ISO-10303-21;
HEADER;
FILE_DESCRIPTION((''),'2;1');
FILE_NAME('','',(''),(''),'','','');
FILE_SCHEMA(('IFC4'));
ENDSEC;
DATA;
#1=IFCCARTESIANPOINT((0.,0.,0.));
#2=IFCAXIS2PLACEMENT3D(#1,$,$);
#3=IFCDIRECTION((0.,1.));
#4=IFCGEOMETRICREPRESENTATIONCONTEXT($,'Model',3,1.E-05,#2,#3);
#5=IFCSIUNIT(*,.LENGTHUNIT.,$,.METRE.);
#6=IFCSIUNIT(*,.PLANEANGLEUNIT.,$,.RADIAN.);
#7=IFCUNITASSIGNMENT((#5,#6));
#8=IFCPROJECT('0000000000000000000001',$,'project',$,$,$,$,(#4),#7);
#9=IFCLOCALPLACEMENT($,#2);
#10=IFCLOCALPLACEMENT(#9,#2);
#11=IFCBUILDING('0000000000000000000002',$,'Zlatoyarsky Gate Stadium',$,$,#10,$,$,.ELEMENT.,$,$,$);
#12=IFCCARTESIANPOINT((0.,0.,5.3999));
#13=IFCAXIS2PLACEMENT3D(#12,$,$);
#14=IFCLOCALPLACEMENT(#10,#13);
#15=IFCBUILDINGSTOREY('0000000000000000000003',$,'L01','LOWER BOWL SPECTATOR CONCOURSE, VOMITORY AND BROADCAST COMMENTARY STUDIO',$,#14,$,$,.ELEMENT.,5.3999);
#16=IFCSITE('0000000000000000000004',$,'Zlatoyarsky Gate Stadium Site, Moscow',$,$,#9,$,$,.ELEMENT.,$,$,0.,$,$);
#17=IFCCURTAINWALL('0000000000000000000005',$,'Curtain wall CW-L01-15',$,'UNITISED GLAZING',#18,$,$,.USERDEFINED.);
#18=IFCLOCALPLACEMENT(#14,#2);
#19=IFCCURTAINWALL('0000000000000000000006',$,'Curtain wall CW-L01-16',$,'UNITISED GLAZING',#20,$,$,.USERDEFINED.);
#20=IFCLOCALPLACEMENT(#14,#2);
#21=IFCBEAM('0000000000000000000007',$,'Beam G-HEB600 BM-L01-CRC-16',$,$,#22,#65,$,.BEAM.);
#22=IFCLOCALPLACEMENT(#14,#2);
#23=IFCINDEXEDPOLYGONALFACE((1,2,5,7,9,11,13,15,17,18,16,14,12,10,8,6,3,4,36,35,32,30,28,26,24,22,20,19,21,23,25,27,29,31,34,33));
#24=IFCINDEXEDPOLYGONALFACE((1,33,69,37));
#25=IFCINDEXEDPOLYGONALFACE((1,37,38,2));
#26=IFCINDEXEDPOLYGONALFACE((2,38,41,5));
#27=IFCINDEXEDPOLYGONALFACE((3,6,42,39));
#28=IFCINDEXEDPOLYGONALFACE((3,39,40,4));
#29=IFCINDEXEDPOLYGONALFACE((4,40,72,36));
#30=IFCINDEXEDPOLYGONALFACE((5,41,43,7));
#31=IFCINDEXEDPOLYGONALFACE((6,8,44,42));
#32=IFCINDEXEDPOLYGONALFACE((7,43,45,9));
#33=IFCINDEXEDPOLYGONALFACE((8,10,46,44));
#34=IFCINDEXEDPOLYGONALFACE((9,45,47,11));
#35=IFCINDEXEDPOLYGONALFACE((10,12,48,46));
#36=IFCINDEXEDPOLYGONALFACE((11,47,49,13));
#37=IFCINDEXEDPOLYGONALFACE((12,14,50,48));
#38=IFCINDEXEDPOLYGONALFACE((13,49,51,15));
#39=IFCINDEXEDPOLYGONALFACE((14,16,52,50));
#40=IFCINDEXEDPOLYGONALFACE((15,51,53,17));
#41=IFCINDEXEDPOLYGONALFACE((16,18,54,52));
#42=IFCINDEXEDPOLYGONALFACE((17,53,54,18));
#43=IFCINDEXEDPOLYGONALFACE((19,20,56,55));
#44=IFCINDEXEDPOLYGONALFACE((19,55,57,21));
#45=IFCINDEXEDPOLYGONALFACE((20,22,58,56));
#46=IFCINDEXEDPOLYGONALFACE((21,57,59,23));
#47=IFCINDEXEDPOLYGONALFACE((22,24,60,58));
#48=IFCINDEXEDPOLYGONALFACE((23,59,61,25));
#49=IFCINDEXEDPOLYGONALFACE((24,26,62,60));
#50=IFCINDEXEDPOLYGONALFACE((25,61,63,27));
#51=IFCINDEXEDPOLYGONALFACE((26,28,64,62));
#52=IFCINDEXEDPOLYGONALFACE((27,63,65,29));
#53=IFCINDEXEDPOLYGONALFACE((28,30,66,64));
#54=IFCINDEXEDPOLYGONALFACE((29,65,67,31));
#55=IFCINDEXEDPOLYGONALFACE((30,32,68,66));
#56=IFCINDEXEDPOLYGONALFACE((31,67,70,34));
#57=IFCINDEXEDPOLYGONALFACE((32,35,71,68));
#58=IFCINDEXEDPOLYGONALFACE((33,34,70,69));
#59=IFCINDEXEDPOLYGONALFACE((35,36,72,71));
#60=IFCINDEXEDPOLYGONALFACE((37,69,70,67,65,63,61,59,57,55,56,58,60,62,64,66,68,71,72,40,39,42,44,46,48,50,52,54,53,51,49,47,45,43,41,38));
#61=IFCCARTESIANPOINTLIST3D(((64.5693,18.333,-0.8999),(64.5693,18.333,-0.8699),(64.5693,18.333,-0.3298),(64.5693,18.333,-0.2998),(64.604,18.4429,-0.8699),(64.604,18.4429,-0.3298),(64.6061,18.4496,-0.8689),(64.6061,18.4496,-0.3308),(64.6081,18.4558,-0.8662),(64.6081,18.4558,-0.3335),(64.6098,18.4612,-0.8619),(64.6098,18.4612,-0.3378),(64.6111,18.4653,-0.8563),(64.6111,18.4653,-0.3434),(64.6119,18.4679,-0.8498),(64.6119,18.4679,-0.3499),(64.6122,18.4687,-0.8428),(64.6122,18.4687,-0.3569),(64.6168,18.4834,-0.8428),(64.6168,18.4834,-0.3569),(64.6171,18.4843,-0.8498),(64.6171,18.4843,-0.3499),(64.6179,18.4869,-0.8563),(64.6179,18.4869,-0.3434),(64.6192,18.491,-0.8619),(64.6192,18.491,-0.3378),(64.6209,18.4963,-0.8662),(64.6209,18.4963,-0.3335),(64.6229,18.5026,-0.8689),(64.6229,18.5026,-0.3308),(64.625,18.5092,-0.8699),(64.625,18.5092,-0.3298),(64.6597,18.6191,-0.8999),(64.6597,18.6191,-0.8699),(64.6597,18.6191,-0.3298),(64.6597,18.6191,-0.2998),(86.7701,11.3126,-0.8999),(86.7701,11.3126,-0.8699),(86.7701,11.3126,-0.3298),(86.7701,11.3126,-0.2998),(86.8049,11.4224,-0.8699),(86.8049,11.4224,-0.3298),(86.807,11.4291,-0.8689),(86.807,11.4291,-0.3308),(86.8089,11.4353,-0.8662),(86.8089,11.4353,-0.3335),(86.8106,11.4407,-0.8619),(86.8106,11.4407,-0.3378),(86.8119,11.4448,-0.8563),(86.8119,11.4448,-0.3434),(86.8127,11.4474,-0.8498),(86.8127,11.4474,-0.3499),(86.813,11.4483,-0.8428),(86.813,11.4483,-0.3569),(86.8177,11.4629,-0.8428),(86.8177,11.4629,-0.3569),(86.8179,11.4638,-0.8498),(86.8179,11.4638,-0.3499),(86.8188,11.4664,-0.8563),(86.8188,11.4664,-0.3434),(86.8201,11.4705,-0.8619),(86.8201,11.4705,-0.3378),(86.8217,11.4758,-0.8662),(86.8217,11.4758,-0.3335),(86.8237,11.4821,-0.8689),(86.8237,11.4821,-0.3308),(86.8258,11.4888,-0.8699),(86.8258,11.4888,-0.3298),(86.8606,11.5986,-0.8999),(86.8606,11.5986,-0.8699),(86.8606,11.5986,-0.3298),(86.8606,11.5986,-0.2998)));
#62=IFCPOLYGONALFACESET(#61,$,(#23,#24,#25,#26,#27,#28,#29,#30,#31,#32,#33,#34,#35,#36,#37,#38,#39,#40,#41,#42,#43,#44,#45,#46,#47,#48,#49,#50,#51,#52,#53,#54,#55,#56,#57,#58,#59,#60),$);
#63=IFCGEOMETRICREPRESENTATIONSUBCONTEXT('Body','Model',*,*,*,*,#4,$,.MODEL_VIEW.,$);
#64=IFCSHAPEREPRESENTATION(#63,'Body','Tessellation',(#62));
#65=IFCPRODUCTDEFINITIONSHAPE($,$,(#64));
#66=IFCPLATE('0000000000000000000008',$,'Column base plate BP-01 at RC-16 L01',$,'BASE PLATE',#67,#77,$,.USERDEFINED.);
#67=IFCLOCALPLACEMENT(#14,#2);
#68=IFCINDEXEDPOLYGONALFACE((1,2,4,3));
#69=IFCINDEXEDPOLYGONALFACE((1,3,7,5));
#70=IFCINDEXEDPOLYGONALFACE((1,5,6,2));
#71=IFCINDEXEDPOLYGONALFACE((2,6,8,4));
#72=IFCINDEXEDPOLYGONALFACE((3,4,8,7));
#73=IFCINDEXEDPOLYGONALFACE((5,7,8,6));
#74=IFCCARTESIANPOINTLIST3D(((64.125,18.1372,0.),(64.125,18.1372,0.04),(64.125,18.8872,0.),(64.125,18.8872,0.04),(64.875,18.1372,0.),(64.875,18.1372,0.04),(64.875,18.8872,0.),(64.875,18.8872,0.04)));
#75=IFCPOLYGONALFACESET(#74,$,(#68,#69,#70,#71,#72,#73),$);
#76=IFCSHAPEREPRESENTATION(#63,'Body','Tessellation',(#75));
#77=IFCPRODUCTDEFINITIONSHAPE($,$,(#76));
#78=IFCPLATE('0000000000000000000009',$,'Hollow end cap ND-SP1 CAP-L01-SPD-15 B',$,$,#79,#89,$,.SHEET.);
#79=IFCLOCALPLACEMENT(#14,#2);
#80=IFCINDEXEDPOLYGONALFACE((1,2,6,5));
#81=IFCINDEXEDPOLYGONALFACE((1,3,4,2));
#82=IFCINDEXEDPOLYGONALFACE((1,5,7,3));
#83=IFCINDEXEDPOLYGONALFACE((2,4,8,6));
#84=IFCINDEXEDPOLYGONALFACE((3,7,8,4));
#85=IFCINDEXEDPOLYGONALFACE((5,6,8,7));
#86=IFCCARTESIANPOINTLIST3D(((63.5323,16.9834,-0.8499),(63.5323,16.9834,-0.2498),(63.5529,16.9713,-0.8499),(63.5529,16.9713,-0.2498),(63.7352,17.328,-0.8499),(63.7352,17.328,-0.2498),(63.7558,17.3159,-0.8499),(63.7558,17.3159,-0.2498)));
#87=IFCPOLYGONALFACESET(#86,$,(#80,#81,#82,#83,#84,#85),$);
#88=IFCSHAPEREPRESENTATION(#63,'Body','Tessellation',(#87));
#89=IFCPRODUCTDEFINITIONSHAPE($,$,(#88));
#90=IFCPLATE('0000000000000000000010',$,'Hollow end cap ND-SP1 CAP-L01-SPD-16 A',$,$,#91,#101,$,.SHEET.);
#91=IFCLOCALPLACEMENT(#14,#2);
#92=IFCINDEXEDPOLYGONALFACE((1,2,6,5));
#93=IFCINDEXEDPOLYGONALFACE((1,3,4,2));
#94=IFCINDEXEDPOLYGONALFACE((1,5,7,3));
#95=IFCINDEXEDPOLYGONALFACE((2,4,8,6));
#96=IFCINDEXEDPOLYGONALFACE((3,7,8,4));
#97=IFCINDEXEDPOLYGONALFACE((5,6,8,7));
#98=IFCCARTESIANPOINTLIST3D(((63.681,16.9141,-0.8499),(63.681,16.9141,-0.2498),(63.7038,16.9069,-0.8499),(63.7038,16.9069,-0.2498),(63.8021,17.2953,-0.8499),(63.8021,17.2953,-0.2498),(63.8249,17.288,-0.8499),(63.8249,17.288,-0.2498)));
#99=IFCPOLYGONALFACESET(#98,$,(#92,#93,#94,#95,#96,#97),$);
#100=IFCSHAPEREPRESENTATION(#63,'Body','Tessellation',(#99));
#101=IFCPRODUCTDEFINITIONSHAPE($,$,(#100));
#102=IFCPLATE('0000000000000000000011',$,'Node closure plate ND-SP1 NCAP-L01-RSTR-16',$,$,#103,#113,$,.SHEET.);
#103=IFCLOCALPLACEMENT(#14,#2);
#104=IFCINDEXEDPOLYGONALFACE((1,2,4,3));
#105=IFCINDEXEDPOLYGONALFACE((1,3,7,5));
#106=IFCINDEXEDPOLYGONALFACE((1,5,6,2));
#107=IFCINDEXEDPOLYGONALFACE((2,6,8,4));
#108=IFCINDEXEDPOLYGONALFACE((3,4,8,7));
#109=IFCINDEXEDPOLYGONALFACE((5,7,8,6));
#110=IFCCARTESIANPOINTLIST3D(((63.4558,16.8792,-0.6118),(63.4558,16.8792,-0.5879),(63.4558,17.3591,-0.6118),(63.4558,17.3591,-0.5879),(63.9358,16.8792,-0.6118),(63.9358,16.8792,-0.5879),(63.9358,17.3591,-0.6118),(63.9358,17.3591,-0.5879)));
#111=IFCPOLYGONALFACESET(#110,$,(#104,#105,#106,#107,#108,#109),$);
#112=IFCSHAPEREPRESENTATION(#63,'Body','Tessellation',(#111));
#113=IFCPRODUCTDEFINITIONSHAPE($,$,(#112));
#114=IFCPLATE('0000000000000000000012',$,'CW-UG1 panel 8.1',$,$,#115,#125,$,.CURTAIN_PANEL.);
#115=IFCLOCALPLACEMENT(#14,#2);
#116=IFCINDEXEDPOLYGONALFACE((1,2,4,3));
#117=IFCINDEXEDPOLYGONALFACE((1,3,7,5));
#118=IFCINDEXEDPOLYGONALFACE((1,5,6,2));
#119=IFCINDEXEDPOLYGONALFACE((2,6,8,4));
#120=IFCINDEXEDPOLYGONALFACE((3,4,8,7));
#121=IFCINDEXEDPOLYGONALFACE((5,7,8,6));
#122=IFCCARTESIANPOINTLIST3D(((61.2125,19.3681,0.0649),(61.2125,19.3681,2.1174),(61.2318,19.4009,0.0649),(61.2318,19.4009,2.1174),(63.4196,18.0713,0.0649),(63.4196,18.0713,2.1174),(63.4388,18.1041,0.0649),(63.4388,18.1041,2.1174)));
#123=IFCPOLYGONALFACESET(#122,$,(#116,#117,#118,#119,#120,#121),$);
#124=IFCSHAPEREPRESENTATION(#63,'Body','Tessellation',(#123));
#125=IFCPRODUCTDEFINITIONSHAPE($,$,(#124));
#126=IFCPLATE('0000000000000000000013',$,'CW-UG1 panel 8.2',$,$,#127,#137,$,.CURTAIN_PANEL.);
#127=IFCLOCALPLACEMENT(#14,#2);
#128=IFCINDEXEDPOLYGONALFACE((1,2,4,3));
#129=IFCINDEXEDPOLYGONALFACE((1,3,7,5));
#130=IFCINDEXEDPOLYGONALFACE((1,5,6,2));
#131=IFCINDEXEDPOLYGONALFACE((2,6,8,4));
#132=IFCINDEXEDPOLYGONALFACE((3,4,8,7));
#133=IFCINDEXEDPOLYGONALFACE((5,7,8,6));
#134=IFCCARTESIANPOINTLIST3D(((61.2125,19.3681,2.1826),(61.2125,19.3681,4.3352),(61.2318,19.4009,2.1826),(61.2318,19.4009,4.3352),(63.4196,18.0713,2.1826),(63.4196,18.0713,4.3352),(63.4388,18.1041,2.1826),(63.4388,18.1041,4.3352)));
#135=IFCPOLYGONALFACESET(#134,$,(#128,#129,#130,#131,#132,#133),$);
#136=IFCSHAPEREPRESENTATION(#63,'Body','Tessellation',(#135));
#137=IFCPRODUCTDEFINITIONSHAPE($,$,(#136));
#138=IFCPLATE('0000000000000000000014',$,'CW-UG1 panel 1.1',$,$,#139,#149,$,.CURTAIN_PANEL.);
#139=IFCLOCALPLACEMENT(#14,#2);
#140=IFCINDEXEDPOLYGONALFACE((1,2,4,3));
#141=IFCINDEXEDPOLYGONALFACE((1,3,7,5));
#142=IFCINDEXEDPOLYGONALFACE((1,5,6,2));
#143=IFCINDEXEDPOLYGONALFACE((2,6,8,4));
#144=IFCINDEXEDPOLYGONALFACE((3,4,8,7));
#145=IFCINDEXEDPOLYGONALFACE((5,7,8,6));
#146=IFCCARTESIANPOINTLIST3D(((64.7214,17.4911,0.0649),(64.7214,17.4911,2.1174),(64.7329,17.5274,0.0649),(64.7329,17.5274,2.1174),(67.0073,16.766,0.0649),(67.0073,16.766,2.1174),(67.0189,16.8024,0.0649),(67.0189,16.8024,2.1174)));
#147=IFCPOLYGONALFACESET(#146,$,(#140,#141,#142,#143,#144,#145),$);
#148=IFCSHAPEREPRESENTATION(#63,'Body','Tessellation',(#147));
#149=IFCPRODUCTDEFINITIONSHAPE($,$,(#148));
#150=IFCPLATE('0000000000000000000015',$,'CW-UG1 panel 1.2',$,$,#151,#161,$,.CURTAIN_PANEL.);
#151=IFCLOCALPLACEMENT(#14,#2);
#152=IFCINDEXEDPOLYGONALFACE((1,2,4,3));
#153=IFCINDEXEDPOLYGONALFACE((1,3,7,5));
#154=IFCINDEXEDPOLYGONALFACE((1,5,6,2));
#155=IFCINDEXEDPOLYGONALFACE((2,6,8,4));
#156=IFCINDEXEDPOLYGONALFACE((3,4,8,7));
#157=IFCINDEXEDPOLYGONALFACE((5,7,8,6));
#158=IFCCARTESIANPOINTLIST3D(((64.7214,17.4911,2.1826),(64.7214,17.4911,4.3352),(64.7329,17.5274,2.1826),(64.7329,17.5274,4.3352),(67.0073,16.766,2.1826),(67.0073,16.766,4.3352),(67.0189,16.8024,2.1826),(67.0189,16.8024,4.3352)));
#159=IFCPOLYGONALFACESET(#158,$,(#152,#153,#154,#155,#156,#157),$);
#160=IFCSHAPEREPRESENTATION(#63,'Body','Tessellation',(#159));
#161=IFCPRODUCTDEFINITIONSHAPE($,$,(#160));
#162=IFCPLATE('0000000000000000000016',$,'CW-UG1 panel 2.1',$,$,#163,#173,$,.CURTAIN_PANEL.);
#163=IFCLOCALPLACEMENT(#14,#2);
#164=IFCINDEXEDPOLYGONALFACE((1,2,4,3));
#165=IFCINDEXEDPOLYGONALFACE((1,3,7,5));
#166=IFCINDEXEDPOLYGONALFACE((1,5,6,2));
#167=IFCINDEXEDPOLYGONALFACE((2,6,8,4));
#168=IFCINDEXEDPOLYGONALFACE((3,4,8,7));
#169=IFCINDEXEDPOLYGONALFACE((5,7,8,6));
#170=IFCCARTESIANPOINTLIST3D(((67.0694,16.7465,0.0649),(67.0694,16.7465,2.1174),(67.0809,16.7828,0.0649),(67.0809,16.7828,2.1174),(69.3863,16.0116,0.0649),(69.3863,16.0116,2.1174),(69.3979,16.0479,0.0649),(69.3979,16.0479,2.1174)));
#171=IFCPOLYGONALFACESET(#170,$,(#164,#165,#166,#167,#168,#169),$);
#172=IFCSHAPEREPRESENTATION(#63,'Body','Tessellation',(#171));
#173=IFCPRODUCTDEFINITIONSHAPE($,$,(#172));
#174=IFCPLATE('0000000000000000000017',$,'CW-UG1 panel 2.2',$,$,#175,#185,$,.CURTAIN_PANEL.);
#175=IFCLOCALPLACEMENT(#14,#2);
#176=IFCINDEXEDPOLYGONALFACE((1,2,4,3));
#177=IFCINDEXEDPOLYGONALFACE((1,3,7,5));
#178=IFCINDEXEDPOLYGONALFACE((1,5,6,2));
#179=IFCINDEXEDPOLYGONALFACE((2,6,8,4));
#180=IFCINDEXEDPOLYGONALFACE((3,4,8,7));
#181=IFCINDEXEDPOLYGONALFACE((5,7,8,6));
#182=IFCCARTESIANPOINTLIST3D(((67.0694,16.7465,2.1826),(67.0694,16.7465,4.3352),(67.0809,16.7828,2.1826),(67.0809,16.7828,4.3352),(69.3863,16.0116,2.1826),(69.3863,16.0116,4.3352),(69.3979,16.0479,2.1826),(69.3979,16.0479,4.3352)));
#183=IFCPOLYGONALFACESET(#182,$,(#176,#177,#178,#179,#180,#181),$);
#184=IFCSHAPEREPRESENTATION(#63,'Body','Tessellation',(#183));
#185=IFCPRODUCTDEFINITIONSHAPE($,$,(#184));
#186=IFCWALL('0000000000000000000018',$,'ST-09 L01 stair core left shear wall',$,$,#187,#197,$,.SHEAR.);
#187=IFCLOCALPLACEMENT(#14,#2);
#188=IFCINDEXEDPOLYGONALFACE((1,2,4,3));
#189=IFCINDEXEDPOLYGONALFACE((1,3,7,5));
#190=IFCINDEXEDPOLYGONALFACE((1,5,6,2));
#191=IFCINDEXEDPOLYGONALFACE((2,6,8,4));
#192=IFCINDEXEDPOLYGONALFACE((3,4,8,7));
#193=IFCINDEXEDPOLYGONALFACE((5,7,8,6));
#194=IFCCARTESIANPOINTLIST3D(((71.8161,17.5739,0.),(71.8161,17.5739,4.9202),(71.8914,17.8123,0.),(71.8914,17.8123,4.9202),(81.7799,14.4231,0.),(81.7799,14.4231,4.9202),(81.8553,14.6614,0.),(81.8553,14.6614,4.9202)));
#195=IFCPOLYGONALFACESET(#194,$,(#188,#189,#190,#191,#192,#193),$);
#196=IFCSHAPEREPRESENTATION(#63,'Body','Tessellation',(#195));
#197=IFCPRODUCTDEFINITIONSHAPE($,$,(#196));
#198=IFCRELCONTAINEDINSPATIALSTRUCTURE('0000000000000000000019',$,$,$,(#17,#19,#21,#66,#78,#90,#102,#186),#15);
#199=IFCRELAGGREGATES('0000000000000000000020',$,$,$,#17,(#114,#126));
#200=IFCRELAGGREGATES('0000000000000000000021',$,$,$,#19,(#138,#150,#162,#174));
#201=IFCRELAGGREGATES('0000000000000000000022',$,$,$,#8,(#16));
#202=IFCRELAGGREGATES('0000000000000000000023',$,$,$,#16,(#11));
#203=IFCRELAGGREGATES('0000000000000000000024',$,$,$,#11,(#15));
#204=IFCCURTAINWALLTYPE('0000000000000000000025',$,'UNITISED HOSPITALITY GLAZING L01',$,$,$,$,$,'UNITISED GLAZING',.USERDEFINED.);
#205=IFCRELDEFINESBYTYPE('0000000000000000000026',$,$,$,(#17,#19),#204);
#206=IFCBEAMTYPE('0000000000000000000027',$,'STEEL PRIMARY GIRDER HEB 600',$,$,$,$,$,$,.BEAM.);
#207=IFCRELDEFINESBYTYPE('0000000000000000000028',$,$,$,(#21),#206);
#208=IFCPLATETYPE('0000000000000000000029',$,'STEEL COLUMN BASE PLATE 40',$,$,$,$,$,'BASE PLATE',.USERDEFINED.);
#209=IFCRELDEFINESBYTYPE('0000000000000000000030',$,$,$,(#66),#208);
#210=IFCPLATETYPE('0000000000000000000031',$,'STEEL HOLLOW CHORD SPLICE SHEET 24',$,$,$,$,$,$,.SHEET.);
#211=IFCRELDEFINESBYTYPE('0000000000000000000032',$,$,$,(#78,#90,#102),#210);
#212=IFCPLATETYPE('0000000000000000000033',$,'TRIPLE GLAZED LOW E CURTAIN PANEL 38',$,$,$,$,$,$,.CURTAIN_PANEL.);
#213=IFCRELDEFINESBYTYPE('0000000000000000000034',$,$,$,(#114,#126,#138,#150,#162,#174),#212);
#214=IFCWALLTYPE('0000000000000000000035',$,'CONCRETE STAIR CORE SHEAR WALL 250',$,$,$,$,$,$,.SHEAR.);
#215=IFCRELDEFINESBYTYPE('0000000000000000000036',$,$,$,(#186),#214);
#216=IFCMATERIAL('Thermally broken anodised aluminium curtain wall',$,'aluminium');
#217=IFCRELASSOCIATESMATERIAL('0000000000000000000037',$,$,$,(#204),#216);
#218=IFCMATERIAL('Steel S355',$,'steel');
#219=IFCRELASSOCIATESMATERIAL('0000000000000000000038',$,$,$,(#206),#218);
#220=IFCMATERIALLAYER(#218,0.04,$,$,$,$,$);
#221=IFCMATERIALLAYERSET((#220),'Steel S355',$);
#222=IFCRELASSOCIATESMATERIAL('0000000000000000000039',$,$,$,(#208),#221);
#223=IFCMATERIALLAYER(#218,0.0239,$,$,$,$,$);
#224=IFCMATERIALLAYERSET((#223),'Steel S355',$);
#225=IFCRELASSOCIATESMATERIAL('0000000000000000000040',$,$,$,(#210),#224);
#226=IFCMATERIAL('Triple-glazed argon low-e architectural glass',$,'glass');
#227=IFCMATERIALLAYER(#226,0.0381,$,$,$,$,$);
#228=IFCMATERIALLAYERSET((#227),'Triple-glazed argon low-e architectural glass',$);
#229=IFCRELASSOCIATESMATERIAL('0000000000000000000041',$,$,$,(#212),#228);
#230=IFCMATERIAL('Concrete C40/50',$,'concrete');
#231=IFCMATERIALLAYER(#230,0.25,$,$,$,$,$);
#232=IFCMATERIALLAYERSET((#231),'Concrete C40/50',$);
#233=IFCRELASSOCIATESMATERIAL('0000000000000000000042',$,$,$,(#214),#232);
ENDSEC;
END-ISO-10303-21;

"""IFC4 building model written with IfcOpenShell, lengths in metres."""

from ifc_helpers import new_model, si_unit, direction, frame, frame_2d, origin, origin_2d, place, context, subcontext, project, spatial, rectangle, i_section, extrude, material, layer, layer_set, material_profile, profile_set, type_object, element, aggregate, save


model = new_model("IFC4")

# Units and contexts
model_context = context("Model", 3, precision=1e-05, world=origin(), true_north=direction((0.0, 1.0)))
body_context = subcontext(model_context, "Body", "Model", "MODEL_VIEW")
ifc_project = project(units=[si_unit("LENGTHUNIT", "METRE"), si_unit("PLANEANGLEUNIT", "RADIAN")], contexts=[model_context])

# Site, building, storey
site_placement = place(None, origin())
site = spatial("IfcSite", under=ifc_project, at=site_placement, Name="Zlatoyarsky Gate Stadium Site, Moscow", CompositionType="ELEMENT", RefElevation=0.0)
building_placement = place(site_placement, origin())
building = spatial("IfcBuilding", under=site, at=building_placement, Name="Zlatoyarsky Gate Stadium", CompositionType="ELEMENT")
storey_placement = place(building_placement, frame((0.0, 0.0, 5.3999)))
storey = spatial("IfcBuildingStorey", under=building, at=storey_placement, Name="L01", Description="LOWER BOWL SPECTATOR CONCOURSE, VOMITORY AND BROADCAST COMMENTARY STUDIO", CompositionType="ELEMENT", Elevation=5.3999)

# Shared definitions
ifc_material_1 = material(Name="Steel S355", Category="steel")

# Curtain wall
ifc_material_2 = material(Name="Thermally broken anodised aluminium curtain wall", Category="aluminium")
curtain_wall_type = type_object("IfcCurtainWallType", Name="UNITISED HOSPITALITY GLAZING L01", ElementType="UNITISED GLAZING", PredefinedType="USERDEFINED", material=ifc_material_2)
curtain_wall_1_placement = place(storey_placement, origin())
curtain_wall_1 = element("IfcCurtainWall", 1, at=curtain_wall_1_placement, inside=storey, type_object=curtain_wall_type, Name="Curtain wall CW-L01-15", ObjectType="UNITISED GLAZING", PredefinedType="USERDEFINED")

# Curtain wall
curtain_wall_2_placement = place(storey_placement, origin())
curtain_wall_2 = element("IfcCurtainWall", 2, at=curtain_wall_2_placement, inside=storey, type_object=curtain_wall_type, Name="Curtain wall CW-L01-16", ObjectType="UNITISED GLAZING", PredefinedType="USERDEFINED")

# Beam
ifc_material_profile_1 = material_profile(ifc_material_1, i_section(OverallWidth=0.3, OverallDepth=0.6001, WebThickness=0.0154, FlangeThickness=0.03, FilletRadius=0.0271, at=origin_2d()), Name="HEB 600")
ifc_profile_set_1 = profile_set([ifc_material_profile_1], Name="Steel S355")
beam_type_1 = type_object("IfcBeamType", Name="STEEL PRIMARY GIRDER HEB 600", PredefinedType="BEAM", material=ifc_profile_set_1)
beam_1_placement = place(storey_placement, frame((64.6145, 18.4761, -0.5999), z_axis=(0.953463, -0.30151, 0.0), x_axis=(0.30151, 0.953463, 0.0)))
element("IfcBeam", 3, at=beam_1_placement, inside=storey, type_object=beam_type_1, Name="Beam G-HEB600 BM-L01-CRC-16", PredefinedType="BEAM", context=body_context, shape_type="SweptSolid", body=[
    extrude(i_section(OverallWidth=0.3, OverallDepth=0.6001, WebThickness=0.0154, FlangeThickness=0.03, FilletRadius=0.0271, at=origin_2d()), origin(), (0.0, 0.0, 1.0), 23.2844),
])

# Plates
ifc_layer_1 = layer(ifc_material_1, 0.04)
ifc_layer_set_1 = layer_set([ifc_layer_1], Name="Steel S355")
plate_type_1 = type_object("IfcPlateType", Name="STEEL COLUMN BASE PLATE 40", ElementType="BASE PLATE", PredefinedType="USERDEFINED", material=ifc_layer_set_1)
plate_1_placement = place(storey_placement, frame((64.5, 18.5122, 0.0), z_axis=(0.0, 0.0, 1.0), x_axis=(1.0, 0.0, 0.0)))
element("IfcPlate", 4, at=plate_1_placement, inside=storey, type_object=plate_type_1, Name="Column base plate BP-01 at RC-16 L01", ObjectType="BASE PLATE", PredefinedType="USERDEFINED", context=body_context, shape_type="SweptSolid", body=[
    extrude(rectangle(XDim=0.75, YDim=0.75, at=origin_2d()), origin(), (0.0, 0.0, 1.0), 0.04),
])
ifc_layer_2 = layer(ifc_material_1, 0.0239)
ifc_layer_set_2 = layer_set([ifc_layer_2], Name="Steel S355")
plate_type_2 = type_object("IfcPlateType", Name="STEEL HOLLOW CHORD SPLICE SHEET 24", PredefinedType="SHEET", material=ifc_layer_set_2)
for number, where, z_axis, x_axis, name in (
    (5, (63.644, 17.1497, -0.8499), (0.0, 0.0, 1.0), (0.861686, -0.507442, 0.0), "Hollow end cap ND-SP1 CAP-L01-SPD-15 B"),
    (6, (63.7529, 17.1011, -0.8499), (0.0, 0.0, 1.0), (0.953006, -0.302953, 0.0), "Hollow end cap ND-SP1 CAP-L01-SPD-16 A"),
):
    element("IfcPlate", number, at=place(storey_placement, frame(where, z_axis=z_axis, x_axis=x_axis)), inside=storey, type_object=plate_type_2, Name=name, PredefinedType="SHEET", context=body_context, shape_type="SweptSolid", body=[
        extrude(rectangle(XDim=0.0239, YDim=0.3999, at=origin_2d()), origin(), (0.0, 0.0, 1.0), 0.6001),
    ])
plate_2_placement = place(storey_placement, frame((63.6958, 17.1191, -0.6118), z_axis=(0.0, 0.0, 1.0), x_axis=(1.0, 0.0, 0.0)))
element("IfcPlate", 7, at=plate_2_placement, inside=storey, type_object=plate_type_2, Name="Node closure plate ND-SP1 NCAP-L01-RSTR-16", PredefinedType="SHEET", context=body_context, shape_type="SweptSolid", body=[
    extrude(rectangle(XDim=0.48, YDim=0.48, at=origin_2d()), origin(), (0.0, 0.0, 1.0), 0.0239),
])

# Plates
ifc_material_3 = material(Name="Triple-glazed argon low-e architectural glass", Category="glass")
ifc_layer_3 = layer(ifc_material_3, 0.0381)
ifc_layer_set_3 = layer_set([ifc_layer_3], Name="Triple-glazed argon low-e architectural glass")
plate_type_3 = type_object("IfcPlateType", Name="TRIPLE GLAZED LOW E CURTAIN PANEL 38", PredefinedType="CURTAIN_PANEL", material=ifc_layer_set_3)
plate_3_placement = place(storey_placement, frame((62.3257, 18.7361, 0.0649), z_axis=(0.0, 0.0, 1.0), x_axis=(0.862187, -0.50659, 0.0)))
plate_3 = element("IfcPlate", 8, at=plate_3_placement, type_object=plate_type_3, Name="CW-UG1 panel 8.1", PredefinedType="CURTAIN_PANEL", context=body_context, shape_type="SweptSolid", body=[
    extrude(rectangle(XDim=2.5598, YDim=0.0381, at=origin_2d()), origin(), (0.0, 0.0, 1.0), 2.0525),
])
plate_4_placement = place(storey_placement, frame((62.3257, 18.7361, 2.1826), z_axis=(0.0, 0.0, 1.0), x_axis=(0.862187, -0.50659, 0.0)))
plate_4 = element("IfcPlate", 9, at=plate_4_placement, type_object=plate_type_3, Name="CW-UG1 panel 8.2", PredefinedType="CURTAIN_PANEL", context=body_context, shape_type="SweptSolid", body=[
    extrude(rectangle(XDim=2.5598, YDim=0.0381, at=origin_2d()), origin(), (0.0, 0.0, 1.0), 2.1526),
])
aggregate(curtain_wall_1, [plate_3, plate_4])
plate_5_placement = place(storey_placement, frame((65.8701, 17.1467, 0.0649), z_axis=(0.0, 0.0, 1.0), x_axis=(0.953202, -0.302334, 0.0)))
plate_5 = element("IfcPlate", 10, at=plate_5_placement, type_object=plate_type_3, Name="CW-UG1 panel 1.1", PredefinedType="CURTAIN_PANEL", context=body_context, shape_type="SweptSolid", body=[
    extrude(rectangle(XDim=2.3982, YDim=0.0381, at=origin_2d()), origin(), (0.0, 0.0, 1.0), 2.0525),
])
plate_6_placement = place(storey_placement, frame((65.8701, 17.1467, 2.1826), z_axis=(0.0, 0.0, 1.0), x_axis=(0.953202, -0.302334, 0.0)))
plate_6 = element("IfcPlate", 11, at=plate_6_placement, type_object=plate_type_3, Name="CW-UG1 panel 1.2", PredefinedType="CURTAIN_PANEL", context=body_context, shape_type="SweptSolid", body=[
    extrude(rectangle(XDim=2.3982, YDim=0.0381, at=origin_2d()), origin(), (0.0, 0.0, 1.0), 2.1526),
])
plate_7_placement = place(storey_placement, frame((68.2336, 16.3972, 0.0649), z_axis=(0.0, 0.0, 1.0), x_axis=(0.953202, -0.302334, 0.0)))
plate_7 = element("IfcPlate", 12, at=plate_7_placement, type_object=plate_type_3, Name="CW-UG1 panel 2.1", PredefinedType="CURTAIN_PANEL", context=body_context, shape_type="SweptSolid", body=[
    extrude(rectangle(XDim=2.4307, YDim=0.0381, at=origin_2d()), origin(), (0.0, 0.0, 1.0), 2.0525),
])
plate_8_placement = place(storey_placement, frame((68.2336, 16.3972, 2.1826), z_axis=(0.0, 0.0, 1.0), x_axis=(0.953202, -0.302334, 0.0)))
plate_8 = element("IfcPlate", 13, at=plate_8_placement, type_object=plate_type_3, Name="CW-UG1 panel 2.2", PredefinedType="CURTAIN_PANEL", context=body_context, shape_type="SweptSolid", body=[
    extrude(rectangle(XDim=2.4307, YDim=0.0381, at=origin_2d()), origin(), (0.0, 0.0, 1.0), 2.1526),
])
aggregate(curtain_wall_2, [plate_5, plate_6, plate_7, plate_8])

# Wall
ifc_material_4 = material(Name="Concrete C40/50", Category="concrete")
ifc_layer_4 = layer(ifc_material_4, 0.25)
ifc_layer_set_4 = layer_set([ifc_layer_4], Name="Concrete C40/50")
wall_type = type_object("IfcWallType", Name="CONCRETE STAIR CORE SHEAR WALL 250", PredefinedType="SHEAR", material=ifc_layer_set_4)
wall_placement = place(storey_placement, frame((71.8538, 17.6931, 0.0), z_axis=(0.0, 0.0, 1.0), x_axis=(0.953462, -0.301514, 0.0)))
element("IfcWall", 14, at=wall_placement, inside=storey, type_object=wall_type, Name="ST-09 L01 stair core left shear wall", PredefinedType="SHEAR", context=body_context, shape_type="SweptSolid", body=[
    extrude(rectangle(XDim=10.4502, YDim=0.25, at=frame_2d((5.2251, 0.0))), origin(), (0.0, 0.0, 1.0), 4.9202),
])

save(model, "model.ifc")
